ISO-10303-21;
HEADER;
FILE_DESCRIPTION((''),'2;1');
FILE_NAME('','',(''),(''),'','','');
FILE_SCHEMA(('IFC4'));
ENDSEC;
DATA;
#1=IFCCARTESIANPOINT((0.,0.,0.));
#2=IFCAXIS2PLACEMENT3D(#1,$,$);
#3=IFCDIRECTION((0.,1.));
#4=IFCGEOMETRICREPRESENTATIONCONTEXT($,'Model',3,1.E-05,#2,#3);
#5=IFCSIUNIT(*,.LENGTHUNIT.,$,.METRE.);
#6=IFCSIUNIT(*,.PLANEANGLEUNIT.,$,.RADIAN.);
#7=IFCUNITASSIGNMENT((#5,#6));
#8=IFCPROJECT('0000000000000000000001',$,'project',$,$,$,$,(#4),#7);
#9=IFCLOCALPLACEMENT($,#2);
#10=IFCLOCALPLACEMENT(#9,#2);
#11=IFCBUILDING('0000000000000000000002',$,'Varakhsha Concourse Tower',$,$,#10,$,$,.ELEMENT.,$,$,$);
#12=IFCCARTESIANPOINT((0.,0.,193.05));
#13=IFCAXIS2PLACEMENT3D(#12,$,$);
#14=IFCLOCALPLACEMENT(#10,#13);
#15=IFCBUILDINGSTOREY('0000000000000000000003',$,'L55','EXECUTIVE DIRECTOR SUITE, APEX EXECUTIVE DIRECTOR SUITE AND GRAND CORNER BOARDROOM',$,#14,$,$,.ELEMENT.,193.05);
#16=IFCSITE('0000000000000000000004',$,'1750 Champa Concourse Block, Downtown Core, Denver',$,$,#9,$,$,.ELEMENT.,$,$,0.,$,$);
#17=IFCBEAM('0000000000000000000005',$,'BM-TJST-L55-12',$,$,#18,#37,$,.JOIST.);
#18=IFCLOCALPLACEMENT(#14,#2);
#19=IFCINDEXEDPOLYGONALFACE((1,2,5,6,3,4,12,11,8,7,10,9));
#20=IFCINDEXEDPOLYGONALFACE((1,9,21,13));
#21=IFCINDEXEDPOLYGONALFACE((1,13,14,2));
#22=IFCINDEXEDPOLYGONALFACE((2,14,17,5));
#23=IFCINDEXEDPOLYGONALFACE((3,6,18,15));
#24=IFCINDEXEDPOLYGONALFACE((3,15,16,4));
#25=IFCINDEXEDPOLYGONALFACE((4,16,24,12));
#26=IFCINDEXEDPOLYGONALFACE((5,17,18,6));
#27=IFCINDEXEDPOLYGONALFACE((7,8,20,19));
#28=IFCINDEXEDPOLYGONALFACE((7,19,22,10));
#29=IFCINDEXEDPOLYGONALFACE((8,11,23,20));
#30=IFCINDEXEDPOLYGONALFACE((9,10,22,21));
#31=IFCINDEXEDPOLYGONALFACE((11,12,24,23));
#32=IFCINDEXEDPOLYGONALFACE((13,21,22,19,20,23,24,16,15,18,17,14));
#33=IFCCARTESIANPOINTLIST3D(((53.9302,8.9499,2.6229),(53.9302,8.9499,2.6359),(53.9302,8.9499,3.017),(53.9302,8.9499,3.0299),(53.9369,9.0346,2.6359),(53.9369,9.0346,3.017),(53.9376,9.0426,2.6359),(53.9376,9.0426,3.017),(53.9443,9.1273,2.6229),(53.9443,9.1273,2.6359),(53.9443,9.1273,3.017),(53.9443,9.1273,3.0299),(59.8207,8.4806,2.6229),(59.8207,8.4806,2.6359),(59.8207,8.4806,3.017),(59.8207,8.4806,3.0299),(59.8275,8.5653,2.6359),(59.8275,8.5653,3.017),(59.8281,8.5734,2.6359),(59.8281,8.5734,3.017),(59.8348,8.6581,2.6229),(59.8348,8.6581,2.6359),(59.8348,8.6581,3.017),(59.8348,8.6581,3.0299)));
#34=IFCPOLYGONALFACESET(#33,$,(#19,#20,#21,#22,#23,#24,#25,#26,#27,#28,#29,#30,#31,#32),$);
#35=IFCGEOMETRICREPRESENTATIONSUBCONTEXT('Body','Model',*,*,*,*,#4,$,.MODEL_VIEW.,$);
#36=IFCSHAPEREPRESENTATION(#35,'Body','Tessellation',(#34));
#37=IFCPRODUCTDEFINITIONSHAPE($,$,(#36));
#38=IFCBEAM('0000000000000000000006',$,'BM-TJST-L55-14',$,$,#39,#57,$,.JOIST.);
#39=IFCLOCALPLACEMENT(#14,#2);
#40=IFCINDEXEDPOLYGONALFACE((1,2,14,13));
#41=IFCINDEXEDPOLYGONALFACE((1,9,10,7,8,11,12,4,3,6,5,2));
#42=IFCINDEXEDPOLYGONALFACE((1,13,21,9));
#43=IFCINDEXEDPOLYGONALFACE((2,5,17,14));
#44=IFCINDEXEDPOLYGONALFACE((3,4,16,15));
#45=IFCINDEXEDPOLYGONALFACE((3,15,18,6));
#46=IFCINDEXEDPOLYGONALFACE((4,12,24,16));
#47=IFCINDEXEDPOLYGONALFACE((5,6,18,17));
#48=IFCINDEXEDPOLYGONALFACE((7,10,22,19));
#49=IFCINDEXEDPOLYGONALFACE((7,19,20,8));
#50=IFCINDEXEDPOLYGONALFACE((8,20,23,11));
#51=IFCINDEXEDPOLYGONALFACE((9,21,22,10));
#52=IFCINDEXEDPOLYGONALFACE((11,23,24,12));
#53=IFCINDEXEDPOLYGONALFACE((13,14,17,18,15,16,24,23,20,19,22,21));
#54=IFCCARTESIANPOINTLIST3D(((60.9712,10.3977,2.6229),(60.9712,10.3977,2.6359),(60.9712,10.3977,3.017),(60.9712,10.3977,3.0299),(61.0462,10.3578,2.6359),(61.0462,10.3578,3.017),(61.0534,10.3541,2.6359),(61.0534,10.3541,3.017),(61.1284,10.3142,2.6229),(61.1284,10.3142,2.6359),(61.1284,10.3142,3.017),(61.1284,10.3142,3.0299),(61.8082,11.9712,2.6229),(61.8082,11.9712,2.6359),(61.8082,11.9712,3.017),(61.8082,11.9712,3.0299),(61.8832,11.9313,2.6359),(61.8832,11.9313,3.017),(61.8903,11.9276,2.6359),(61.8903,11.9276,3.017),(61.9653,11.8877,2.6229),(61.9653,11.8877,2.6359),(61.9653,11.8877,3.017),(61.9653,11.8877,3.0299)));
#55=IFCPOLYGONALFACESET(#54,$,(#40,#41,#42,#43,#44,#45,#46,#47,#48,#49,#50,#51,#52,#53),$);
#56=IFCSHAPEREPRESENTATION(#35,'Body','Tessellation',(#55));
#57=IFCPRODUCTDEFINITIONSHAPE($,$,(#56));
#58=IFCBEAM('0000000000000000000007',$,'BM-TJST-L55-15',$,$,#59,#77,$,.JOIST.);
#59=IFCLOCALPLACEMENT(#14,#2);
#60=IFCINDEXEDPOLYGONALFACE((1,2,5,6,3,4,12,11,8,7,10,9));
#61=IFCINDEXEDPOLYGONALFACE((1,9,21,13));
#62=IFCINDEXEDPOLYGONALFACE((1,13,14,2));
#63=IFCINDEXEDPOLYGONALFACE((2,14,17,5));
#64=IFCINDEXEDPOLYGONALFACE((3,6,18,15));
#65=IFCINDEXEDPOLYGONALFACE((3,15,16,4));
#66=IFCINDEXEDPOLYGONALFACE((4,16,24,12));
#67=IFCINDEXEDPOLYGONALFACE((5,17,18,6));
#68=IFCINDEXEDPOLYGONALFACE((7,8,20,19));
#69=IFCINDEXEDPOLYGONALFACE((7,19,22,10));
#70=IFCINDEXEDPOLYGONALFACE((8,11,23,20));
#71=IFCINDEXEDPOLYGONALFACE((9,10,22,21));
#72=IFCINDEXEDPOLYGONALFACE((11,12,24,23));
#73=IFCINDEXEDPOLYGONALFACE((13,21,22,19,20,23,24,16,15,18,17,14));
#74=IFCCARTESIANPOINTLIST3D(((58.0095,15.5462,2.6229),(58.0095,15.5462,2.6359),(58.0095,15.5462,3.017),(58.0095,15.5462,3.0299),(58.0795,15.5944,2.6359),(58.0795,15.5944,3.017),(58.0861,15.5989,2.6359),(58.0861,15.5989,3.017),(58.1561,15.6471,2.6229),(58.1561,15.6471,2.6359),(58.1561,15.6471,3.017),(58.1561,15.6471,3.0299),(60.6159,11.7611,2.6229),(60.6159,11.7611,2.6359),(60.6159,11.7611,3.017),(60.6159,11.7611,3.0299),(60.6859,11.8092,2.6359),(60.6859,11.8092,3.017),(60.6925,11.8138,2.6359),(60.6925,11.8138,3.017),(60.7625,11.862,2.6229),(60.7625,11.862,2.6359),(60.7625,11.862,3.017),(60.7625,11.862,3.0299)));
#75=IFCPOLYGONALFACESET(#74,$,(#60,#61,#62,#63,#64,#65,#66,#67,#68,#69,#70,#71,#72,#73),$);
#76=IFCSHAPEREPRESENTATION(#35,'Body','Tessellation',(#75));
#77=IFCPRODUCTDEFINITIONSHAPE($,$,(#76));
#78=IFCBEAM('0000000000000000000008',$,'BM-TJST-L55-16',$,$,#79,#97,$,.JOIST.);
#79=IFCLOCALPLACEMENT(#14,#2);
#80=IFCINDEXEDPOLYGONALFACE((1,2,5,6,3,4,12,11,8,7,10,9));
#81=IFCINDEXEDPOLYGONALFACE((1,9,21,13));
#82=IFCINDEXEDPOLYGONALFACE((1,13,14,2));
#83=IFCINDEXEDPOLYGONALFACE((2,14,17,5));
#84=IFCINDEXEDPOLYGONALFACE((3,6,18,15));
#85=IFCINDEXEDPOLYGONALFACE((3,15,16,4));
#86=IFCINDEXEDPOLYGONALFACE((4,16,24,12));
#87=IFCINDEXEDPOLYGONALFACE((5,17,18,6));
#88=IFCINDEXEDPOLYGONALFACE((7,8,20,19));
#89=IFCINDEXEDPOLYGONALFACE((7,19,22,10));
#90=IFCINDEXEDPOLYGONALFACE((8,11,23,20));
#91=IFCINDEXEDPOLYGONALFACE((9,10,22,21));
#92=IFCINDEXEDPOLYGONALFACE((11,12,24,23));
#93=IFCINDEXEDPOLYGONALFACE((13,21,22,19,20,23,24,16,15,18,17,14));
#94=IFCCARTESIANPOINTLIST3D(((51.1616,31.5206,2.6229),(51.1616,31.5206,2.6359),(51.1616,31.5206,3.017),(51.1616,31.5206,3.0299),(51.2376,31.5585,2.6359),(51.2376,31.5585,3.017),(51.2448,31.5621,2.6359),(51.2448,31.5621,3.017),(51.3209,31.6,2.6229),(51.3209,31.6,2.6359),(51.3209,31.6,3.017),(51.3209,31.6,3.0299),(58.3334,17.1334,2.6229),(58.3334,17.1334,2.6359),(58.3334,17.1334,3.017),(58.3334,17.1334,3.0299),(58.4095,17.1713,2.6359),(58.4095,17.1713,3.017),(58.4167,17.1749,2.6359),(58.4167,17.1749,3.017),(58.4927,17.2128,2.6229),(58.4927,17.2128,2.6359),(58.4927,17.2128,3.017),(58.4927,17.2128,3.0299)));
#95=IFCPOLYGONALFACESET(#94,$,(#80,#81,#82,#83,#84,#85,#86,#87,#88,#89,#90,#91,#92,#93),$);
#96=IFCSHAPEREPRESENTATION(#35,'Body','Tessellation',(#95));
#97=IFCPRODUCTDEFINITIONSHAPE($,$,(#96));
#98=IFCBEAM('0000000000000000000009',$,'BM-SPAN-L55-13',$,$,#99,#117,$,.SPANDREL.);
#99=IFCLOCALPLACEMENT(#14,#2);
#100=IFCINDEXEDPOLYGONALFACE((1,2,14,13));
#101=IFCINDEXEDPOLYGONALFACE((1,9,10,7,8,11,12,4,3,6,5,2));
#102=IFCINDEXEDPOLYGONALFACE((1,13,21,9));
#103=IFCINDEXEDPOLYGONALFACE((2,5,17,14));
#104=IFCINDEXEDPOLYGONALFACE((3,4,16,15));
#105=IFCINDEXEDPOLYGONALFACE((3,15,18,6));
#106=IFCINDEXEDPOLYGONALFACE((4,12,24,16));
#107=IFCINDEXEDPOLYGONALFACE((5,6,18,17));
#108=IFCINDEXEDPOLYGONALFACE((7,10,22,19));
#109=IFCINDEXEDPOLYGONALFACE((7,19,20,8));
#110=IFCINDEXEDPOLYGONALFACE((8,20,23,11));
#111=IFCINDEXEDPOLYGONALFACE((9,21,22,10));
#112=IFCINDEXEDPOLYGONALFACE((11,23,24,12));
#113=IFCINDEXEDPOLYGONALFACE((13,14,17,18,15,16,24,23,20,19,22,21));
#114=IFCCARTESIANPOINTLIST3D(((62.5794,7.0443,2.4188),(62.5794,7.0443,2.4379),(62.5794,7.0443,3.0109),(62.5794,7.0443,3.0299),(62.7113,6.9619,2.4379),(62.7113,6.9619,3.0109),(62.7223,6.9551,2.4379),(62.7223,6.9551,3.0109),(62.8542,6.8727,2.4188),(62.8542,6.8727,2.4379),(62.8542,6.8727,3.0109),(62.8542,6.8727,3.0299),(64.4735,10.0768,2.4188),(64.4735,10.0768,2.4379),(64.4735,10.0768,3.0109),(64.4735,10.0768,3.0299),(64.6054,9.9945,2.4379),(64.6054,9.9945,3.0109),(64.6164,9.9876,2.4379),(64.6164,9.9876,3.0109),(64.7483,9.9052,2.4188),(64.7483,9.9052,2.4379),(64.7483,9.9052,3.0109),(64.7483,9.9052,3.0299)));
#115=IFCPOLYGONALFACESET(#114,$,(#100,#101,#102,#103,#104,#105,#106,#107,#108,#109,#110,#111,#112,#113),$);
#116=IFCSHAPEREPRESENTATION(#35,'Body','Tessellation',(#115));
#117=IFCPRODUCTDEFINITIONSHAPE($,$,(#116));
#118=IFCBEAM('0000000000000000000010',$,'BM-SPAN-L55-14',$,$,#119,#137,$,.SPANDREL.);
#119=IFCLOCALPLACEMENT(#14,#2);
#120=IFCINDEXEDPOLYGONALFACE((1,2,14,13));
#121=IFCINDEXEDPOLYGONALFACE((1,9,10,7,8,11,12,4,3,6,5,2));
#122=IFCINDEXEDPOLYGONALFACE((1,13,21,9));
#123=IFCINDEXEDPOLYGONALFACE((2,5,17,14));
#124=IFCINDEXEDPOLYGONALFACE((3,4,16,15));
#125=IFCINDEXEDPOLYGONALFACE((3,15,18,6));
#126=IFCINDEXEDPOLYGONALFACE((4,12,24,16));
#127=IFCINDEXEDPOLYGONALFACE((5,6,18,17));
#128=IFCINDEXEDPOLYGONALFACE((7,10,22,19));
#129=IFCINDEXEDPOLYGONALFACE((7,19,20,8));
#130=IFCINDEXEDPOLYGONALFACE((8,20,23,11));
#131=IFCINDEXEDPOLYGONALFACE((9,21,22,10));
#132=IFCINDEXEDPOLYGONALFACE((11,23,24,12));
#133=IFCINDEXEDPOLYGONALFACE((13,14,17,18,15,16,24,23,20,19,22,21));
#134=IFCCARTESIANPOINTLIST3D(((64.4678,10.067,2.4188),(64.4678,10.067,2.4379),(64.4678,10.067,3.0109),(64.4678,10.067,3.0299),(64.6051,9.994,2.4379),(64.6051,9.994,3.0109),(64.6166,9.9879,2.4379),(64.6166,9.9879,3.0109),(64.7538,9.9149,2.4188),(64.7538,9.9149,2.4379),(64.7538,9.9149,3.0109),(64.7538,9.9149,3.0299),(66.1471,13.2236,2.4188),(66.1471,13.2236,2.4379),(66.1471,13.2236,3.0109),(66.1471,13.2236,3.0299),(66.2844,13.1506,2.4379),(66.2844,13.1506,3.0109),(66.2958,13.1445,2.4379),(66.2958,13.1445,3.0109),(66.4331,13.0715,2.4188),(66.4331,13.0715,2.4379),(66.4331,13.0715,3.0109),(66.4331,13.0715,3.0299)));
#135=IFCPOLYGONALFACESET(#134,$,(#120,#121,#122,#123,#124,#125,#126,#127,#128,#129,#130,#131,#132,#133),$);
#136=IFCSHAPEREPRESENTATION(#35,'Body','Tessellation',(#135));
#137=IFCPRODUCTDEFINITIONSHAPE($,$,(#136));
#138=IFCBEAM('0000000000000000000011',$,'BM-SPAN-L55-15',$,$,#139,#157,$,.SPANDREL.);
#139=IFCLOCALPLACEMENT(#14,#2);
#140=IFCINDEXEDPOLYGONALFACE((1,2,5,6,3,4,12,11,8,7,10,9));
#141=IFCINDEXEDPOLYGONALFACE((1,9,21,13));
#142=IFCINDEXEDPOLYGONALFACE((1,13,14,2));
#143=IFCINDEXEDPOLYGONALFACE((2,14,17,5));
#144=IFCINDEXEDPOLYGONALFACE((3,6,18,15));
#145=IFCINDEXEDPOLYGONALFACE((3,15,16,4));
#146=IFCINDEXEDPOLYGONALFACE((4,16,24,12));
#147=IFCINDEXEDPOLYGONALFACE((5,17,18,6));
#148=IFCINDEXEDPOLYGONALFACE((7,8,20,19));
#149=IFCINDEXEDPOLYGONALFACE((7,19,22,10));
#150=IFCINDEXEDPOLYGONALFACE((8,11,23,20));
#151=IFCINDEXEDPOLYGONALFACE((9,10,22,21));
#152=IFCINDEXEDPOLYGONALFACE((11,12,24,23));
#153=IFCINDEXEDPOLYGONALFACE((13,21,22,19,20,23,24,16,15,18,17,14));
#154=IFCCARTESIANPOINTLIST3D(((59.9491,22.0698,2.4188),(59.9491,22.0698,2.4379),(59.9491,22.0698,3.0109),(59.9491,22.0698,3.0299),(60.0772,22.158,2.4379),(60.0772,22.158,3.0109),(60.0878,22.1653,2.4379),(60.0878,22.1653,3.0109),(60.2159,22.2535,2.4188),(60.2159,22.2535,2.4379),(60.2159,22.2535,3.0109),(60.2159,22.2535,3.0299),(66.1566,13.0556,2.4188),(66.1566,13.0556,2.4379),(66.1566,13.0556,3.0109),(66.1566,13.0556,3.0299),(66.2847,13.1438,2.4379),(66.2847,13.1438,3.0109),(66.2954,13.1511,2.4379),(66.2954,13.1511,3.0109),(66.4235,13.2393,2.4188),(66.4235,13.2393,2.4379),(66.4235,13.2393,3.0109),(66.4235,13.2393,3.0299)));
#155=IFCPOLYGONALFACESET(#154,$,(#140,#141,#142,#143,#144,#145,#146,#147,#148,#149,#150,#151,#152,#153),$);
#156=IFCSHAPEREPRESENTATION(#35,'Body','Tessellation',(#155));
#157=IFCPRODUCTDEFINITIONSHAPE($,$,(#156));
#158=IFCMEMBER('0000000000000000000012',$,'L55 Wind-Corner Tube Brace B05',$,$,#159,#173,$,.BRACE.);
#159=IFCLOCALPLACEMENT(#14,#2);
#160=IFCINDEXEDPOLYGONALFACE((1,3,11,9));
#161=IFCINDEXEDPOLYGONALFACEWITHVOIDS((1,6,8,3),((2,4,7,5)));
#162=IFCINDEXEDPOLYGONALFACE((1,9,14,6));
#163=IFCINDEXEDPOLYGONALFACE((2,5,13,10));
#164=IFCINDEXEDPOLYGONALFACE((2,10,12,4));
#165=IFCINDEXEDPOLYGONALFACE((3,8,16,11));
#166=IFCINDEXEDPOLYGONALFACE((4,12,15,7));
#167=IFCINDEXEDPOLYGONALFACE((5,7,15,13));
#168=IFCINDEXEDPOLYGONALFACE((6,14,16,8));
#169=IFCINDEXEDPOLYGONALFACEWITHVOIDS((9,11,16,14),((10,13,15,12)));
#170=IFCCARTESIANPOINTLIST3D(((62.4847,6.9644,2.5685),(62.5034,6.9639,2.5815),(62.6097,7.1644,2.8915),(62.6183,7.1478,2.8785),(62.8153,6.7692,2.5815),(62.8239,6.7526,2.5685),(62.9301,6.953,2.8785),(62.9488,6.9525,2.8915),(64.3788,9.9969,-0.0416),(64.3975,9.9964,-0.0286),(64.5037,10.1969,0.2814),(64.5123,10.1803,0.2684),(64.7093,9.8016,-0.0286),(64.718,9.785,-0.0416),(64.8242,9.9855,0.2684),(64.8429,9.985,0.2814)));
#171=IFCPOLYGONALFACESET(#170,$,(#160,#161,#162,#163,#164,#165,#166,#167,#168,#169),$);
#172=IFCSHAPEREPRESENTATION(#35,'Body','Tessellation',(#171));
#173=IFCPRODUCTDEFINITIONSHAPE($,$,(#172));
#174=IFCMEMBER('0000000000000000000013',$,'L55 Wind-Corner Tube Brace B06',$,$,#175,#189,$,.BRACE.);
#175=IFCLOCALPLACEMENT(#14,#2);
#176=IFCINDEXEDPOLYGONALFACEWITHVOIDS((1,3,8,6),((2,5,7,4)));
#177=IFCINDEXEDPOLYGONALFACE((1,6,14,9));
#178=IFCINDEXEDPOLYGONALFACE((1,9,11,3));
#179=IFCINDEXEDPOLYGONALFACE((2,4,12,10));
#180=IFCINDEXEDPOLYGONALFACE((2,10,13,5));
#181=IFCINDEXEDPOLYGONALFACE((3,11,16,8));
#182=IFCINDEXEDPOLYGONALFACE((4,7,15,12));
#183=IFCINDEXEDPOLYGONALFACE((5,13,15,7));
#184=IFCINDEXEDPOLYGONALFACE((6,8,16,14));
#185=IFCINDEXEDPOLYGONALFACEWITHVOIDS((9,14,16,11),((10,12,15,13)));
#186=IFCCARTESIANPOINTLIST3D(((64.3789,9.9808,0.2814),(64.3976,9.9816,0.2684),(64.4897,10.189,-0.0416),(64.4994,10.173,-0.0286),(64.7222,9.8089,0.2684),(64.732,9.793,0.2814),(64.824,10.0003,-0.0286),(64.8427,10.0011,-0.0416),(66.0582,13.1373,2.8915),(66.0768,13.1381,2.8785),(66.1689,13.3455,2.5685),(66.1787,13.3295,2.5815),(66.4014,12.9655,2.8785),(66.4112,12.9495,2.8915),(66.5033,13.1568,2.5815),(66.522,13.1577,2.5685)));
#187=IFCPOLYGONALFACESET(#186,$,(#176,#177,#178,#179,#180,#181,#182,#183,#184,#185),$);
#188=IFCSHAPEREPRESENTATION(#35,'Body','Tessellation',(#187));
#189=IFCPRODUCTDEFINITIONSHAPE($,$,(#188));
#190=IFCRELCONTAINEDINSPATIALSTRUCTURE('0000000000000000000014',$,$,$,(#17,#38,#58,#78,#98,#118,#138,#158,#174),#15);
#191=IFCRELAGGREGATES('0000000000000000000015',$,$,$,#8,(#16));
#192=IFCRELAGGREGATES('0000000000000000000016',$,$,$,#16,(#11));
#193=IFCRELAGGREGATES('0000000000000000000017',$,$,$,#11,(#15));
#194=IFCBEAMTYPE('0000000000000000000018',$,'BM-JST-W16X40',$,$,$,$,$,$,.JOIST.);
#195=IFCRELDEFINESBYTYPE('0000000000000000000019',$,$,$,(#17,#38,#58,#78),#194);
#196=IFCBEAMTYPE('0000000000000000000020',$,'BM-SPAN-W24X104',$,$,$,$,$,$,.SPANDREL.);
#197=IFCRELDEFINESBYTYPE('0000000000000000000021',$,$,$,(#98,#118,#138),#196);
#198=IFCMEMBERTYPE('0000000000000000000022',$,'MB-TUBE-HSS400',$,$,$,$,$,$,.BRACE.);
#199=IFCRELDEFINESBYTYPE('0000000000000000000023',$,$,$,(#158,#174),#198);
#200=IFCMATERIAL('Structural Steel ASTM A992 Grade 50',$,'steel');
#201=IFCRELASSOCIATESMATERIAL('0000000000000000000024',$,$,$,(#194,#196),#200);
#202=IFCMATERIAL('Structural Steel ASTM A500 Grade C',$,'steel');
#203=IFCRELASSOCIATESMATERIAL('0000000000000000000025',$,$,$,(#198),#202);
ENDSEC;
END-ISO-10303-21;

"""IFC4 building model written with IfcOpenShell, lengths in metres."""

from ifc_helpers import new_model, si_unit, direction, frame, origin, origin_2d, place, context, subcontext, project, spatial, hollow_rectangle, i_section, extrude, source, transform, mapped, material, material_profile, profile_set, type_object, type_shapes, element, save


model = new_model("IFC4")

# Units and contexts
model_context = context("Model", 3, precision=1e-05, world=origin(), true_north=direction((0.0, 1.0)))
body_context = subcontext(model_context, "Body", "Model", "MODEL_VIEW")
ifc_project = project(units=[si_unit("LENGTHUNIT", "METRE"), si_unit("PLANEANGLEUNIT", "RADIAN")], contexts=[model_context])

# Site, building, storey
site_placement = place(None, origin())
site = spatial("IfcSite", under=ifc_project, at=site_placement, Name="1750 Champa Concourse Block, Downtown Core, Denver", CompositionType="ELEMENT", RefElevation=0.0)
building_placement = place(site_placement, origin())
building = spatial("IfcBuilding", under=site, at=building_placement, Name="Varakhsha Concourse Tower", CompositionType="ELEMENT")
storey_placement = place(building_placement, frame((0.0, 0.0, 193.05)))
storey = spatial("IfcBuildingStorey", under=building, at=storey_placement, Name="L55", Description="EXECUTIVE DIRECTOR SUITE, APEX EXECUTIVE DIRECTOR SUITE AND GRAND CORNER BOARDROOM", CompositionType="ELEMENT", Elevation=193.05)

# Shared definitions
ifc_material_1 = material(Name="Structural Steel ASTM A992 Grade 50", Category="steel")

# Beams
ifc_material_profile_1 = material_profile(ifc_material_1, i_section(OverallWidth=0.178, OverallDepth=0.407, WebThickness=0.0081, FlangeThickness=0.0129, at=origin_2d()), Name="W16X40")
ifc_profile_set_1 = profile_set([ifc_material_profile_1], Name="Structural Steel ASTM A992 Grade 50")
beam_type_1 = type_object("IfcBeamType", Name="BM-JST-W16X40", PredefinedType="JOIST", material=ifc_profile_set_1)
beam_1_placement = place(storey_placement, frame((53.9373, 9.0386, 2.8264), z_axis=(0.996842, -0.079407, 0.0), x_axis=(0.079407, 0.996842, 0.0)))
element("IfcBeam", 1, at=beam_1_placement, inside=storey, type_object=beam_type_1, Name="BM-TJST-L55-12", PredefinedType="JOIST", context=body_context, shape_type="SweptSolid", body=[
    extrude(i_section(OverallWidth=0.178, OverallDepth=0.407, WebThickness=0.0081, FlangeThickness=0.0129, at=origin_2d()), origin(), (0.0, 0.0, 1.0), 5.9092),
])
beam_2_placement = place(storey_placement, frame((61.0498, 10.356, 2.8264), z_axis=(0.469593, 0.882883, 0.0), x_axis=(-0.882883, 0.469593, 0.0)))
element("IfcBeam", 2, at=beam_2_placement, inside=storey, type_object=beam_type_1, Name="BM-TJST-L55-14", PredefinedType="JOIST", context=body_context, shape_type="SweptSolid", body=[
    extrude(i_section(OverallWidth=0.178, OverallDepth=0.407, WebThickness=0.0081, FlangeThickness=0.0129, at=origin_2d()), origin(), (0.0, 0.0, 1.0), 1.7822),
])
beam_3_placement = place(storey_placement, frame((60.6892, 11.8115, 2.8264), z_axis=(-0.567142, 0.82362, 0.0), x_axis=(-0.82362, -0.567142, 0.0)))
element("IfcBeam", 3, at=beam_3_placement, inside=storey, type_object=beam_type_1, Name="BM-TJST-L55-15", PredefinedType="JOIST", context=body_context, shape_type="SweptSolid", body=[
    extrude(i_section(OverallWidth=0.178, OverallDepth=0.407, WebThickness=0.0081, FlangeThickness=0.0129, at=origin_2d()), origin(), (0.0, 0.0, 1.0), 4.5957),
])
beam_4_placement = place(storey_placement, frame((58.4131, 17.1731, 2.8264), z_axis=(-0.446132, 0.894967, 0.0), x_axis=(-0.894967, -0.446132, 0.0)))
element("IfcBeam", 4, at=beam_4_placement, inside=storey, type_object=beam_type_1, Name="BM-TJST-L55-16", PredefinedType="JOIST", context=body_context, shape_type="SweptSolid", body=[
    extrude(i_section(OverallWidth=0.178, OverallDepth=0.407, WebThickness=0.0081, FlangeThickness=0.0129, at=origin_2d()), origin(), (0.0, 0.0, 1.0), 16.0757),
])
ifc_material_profile_2 = material_profile(ifc_material_1, i_section(OverallWidth=0.324, OverallDepth=0.6111, WebThickness=0.0129, FlangeThickness=0.019, at=origin_2d()), Name="W24X104")
ifc_profile_set_2 = profile_set([ifc_material_profile_2], Name="Structural Steel ASTM A992 Grade 50")
beam_type_2 = type_object("IfcBeamType", Name="BM-SPAN-W24X104", PredefinedType="SPANDREL", material=ifc_profile_set_2)
for number, where, z_axis, x_axis, name in (
    (5, (62.7168, 6.9585, 2.7244), (0.529747, 0.848156, 0.0), (-0.848156, 0.529747, 0.0), "BM-SPAN-L55-13"),
    (6, (64.6108, 9.991, 2.7244), (0.469659, 0.882848, 0.0), (-0.882848, 0.469659, 0.0), "BM-SPAN-L55-14"),
):
    element("IfcBeam", number, at=place(storey_placement, frame(where, z_axis=z_axis, x_axis=x_axis)), inside=storey, type_object=beam_type_2, Name=name, PredefinedType="SPANDREL", context=body_context, shape_type="SweptSolid", body=[
        extrude(i_section(OverallWidth=0.324, OverallDepth=0.6111, WebThickness=0.0129, FlangeThickness=0.019, at=origin_2d()), origin(), (0.0, 0.0, 1.0), 3.5754),
    ])
beam_5_placement = place(storey_placement, frame((66.29, 13.1475, 2.7244), z_axis=(-0.567167, 0.823603, 0.0), x_axis=(-0.823603, -0.567167, 0.0)))
element("IfcBeam", 7, at=beam_5_placement, inside=storey, type_object=beam_type_2, Name="BM-SPAN-L55-15", PredefinedType="SPANDREL", context=body_context, shape_type="SweptSolid", body=[
    extrude(i_section(OverallWidth=0.324, OverallDepth=0.6111, WebThickness=0.0129, FlangeThickness=0.019, at=origin_2d()), origin(), (0.0, 0.0, 1.0), 10.9448),
])

# Members
ifc_material_2 = material(Name="Structural Steel ASTM A500 Grade C", Category="steel")
ifc_material_profile_3 = material_profile(ifc_material_2, hollow_rectangle(XDim=0.3999, YDim=0.3999, WallThickness=0.0161, at=origin_2d()), Name="HSS 400x400x16")
ifc_profile_set_3 = profile_set([ifc_material_profile_3], Name="Structural Steel ASTM A500 Grade C")
member_type_1 = type_object("IfcMemberType", Name="MB-TUBE-HSS400", PredefinedType="BRACE", material=ifc_profile_set_3)
shared_shape_1 = source(origin(), body_context, "Body", "SweptSolid", [
    extrude(hollow_rectangle(XDim=0.3999, YDim=0.3999, WallThickness=0.0161, at=origin_2d()), origin(), (0.0, 0.0, 1.0), 4.4268),
])
type_shapes(member_type_1, [shared_shape_1])
for number, where, z_axis, x_axis, name in (
    (8, (64.6108, 9.991, 0.1199), (-0.427865, -0.685036, 0.589624), (0.848156, -0.529747, 0.0), "L55 Wind-Corner Tube Brace B05"),
    (9, (64.6108, 9.991, 0.1199), (0.379333, 0.713055, 0.589626), (-0.882848, 0.469659, 0.0), "L55 Wind-Corner Tube Brace B06"),
):
    element("IfcMember", number, at=place(storey_placement, frame(where, z_axis=z_axis, x_axis=x_axis)), inside=storey, type_object=member_type_1, Name=name, PredefinedType="BRACE", context=body_context, shape_type="MappedRepresentation", body=[
        mapped(shared_shape_1, transform((0.0, 0.0, 0.0), scale=1.0)),
    ])

save(model, "model.ifc")
